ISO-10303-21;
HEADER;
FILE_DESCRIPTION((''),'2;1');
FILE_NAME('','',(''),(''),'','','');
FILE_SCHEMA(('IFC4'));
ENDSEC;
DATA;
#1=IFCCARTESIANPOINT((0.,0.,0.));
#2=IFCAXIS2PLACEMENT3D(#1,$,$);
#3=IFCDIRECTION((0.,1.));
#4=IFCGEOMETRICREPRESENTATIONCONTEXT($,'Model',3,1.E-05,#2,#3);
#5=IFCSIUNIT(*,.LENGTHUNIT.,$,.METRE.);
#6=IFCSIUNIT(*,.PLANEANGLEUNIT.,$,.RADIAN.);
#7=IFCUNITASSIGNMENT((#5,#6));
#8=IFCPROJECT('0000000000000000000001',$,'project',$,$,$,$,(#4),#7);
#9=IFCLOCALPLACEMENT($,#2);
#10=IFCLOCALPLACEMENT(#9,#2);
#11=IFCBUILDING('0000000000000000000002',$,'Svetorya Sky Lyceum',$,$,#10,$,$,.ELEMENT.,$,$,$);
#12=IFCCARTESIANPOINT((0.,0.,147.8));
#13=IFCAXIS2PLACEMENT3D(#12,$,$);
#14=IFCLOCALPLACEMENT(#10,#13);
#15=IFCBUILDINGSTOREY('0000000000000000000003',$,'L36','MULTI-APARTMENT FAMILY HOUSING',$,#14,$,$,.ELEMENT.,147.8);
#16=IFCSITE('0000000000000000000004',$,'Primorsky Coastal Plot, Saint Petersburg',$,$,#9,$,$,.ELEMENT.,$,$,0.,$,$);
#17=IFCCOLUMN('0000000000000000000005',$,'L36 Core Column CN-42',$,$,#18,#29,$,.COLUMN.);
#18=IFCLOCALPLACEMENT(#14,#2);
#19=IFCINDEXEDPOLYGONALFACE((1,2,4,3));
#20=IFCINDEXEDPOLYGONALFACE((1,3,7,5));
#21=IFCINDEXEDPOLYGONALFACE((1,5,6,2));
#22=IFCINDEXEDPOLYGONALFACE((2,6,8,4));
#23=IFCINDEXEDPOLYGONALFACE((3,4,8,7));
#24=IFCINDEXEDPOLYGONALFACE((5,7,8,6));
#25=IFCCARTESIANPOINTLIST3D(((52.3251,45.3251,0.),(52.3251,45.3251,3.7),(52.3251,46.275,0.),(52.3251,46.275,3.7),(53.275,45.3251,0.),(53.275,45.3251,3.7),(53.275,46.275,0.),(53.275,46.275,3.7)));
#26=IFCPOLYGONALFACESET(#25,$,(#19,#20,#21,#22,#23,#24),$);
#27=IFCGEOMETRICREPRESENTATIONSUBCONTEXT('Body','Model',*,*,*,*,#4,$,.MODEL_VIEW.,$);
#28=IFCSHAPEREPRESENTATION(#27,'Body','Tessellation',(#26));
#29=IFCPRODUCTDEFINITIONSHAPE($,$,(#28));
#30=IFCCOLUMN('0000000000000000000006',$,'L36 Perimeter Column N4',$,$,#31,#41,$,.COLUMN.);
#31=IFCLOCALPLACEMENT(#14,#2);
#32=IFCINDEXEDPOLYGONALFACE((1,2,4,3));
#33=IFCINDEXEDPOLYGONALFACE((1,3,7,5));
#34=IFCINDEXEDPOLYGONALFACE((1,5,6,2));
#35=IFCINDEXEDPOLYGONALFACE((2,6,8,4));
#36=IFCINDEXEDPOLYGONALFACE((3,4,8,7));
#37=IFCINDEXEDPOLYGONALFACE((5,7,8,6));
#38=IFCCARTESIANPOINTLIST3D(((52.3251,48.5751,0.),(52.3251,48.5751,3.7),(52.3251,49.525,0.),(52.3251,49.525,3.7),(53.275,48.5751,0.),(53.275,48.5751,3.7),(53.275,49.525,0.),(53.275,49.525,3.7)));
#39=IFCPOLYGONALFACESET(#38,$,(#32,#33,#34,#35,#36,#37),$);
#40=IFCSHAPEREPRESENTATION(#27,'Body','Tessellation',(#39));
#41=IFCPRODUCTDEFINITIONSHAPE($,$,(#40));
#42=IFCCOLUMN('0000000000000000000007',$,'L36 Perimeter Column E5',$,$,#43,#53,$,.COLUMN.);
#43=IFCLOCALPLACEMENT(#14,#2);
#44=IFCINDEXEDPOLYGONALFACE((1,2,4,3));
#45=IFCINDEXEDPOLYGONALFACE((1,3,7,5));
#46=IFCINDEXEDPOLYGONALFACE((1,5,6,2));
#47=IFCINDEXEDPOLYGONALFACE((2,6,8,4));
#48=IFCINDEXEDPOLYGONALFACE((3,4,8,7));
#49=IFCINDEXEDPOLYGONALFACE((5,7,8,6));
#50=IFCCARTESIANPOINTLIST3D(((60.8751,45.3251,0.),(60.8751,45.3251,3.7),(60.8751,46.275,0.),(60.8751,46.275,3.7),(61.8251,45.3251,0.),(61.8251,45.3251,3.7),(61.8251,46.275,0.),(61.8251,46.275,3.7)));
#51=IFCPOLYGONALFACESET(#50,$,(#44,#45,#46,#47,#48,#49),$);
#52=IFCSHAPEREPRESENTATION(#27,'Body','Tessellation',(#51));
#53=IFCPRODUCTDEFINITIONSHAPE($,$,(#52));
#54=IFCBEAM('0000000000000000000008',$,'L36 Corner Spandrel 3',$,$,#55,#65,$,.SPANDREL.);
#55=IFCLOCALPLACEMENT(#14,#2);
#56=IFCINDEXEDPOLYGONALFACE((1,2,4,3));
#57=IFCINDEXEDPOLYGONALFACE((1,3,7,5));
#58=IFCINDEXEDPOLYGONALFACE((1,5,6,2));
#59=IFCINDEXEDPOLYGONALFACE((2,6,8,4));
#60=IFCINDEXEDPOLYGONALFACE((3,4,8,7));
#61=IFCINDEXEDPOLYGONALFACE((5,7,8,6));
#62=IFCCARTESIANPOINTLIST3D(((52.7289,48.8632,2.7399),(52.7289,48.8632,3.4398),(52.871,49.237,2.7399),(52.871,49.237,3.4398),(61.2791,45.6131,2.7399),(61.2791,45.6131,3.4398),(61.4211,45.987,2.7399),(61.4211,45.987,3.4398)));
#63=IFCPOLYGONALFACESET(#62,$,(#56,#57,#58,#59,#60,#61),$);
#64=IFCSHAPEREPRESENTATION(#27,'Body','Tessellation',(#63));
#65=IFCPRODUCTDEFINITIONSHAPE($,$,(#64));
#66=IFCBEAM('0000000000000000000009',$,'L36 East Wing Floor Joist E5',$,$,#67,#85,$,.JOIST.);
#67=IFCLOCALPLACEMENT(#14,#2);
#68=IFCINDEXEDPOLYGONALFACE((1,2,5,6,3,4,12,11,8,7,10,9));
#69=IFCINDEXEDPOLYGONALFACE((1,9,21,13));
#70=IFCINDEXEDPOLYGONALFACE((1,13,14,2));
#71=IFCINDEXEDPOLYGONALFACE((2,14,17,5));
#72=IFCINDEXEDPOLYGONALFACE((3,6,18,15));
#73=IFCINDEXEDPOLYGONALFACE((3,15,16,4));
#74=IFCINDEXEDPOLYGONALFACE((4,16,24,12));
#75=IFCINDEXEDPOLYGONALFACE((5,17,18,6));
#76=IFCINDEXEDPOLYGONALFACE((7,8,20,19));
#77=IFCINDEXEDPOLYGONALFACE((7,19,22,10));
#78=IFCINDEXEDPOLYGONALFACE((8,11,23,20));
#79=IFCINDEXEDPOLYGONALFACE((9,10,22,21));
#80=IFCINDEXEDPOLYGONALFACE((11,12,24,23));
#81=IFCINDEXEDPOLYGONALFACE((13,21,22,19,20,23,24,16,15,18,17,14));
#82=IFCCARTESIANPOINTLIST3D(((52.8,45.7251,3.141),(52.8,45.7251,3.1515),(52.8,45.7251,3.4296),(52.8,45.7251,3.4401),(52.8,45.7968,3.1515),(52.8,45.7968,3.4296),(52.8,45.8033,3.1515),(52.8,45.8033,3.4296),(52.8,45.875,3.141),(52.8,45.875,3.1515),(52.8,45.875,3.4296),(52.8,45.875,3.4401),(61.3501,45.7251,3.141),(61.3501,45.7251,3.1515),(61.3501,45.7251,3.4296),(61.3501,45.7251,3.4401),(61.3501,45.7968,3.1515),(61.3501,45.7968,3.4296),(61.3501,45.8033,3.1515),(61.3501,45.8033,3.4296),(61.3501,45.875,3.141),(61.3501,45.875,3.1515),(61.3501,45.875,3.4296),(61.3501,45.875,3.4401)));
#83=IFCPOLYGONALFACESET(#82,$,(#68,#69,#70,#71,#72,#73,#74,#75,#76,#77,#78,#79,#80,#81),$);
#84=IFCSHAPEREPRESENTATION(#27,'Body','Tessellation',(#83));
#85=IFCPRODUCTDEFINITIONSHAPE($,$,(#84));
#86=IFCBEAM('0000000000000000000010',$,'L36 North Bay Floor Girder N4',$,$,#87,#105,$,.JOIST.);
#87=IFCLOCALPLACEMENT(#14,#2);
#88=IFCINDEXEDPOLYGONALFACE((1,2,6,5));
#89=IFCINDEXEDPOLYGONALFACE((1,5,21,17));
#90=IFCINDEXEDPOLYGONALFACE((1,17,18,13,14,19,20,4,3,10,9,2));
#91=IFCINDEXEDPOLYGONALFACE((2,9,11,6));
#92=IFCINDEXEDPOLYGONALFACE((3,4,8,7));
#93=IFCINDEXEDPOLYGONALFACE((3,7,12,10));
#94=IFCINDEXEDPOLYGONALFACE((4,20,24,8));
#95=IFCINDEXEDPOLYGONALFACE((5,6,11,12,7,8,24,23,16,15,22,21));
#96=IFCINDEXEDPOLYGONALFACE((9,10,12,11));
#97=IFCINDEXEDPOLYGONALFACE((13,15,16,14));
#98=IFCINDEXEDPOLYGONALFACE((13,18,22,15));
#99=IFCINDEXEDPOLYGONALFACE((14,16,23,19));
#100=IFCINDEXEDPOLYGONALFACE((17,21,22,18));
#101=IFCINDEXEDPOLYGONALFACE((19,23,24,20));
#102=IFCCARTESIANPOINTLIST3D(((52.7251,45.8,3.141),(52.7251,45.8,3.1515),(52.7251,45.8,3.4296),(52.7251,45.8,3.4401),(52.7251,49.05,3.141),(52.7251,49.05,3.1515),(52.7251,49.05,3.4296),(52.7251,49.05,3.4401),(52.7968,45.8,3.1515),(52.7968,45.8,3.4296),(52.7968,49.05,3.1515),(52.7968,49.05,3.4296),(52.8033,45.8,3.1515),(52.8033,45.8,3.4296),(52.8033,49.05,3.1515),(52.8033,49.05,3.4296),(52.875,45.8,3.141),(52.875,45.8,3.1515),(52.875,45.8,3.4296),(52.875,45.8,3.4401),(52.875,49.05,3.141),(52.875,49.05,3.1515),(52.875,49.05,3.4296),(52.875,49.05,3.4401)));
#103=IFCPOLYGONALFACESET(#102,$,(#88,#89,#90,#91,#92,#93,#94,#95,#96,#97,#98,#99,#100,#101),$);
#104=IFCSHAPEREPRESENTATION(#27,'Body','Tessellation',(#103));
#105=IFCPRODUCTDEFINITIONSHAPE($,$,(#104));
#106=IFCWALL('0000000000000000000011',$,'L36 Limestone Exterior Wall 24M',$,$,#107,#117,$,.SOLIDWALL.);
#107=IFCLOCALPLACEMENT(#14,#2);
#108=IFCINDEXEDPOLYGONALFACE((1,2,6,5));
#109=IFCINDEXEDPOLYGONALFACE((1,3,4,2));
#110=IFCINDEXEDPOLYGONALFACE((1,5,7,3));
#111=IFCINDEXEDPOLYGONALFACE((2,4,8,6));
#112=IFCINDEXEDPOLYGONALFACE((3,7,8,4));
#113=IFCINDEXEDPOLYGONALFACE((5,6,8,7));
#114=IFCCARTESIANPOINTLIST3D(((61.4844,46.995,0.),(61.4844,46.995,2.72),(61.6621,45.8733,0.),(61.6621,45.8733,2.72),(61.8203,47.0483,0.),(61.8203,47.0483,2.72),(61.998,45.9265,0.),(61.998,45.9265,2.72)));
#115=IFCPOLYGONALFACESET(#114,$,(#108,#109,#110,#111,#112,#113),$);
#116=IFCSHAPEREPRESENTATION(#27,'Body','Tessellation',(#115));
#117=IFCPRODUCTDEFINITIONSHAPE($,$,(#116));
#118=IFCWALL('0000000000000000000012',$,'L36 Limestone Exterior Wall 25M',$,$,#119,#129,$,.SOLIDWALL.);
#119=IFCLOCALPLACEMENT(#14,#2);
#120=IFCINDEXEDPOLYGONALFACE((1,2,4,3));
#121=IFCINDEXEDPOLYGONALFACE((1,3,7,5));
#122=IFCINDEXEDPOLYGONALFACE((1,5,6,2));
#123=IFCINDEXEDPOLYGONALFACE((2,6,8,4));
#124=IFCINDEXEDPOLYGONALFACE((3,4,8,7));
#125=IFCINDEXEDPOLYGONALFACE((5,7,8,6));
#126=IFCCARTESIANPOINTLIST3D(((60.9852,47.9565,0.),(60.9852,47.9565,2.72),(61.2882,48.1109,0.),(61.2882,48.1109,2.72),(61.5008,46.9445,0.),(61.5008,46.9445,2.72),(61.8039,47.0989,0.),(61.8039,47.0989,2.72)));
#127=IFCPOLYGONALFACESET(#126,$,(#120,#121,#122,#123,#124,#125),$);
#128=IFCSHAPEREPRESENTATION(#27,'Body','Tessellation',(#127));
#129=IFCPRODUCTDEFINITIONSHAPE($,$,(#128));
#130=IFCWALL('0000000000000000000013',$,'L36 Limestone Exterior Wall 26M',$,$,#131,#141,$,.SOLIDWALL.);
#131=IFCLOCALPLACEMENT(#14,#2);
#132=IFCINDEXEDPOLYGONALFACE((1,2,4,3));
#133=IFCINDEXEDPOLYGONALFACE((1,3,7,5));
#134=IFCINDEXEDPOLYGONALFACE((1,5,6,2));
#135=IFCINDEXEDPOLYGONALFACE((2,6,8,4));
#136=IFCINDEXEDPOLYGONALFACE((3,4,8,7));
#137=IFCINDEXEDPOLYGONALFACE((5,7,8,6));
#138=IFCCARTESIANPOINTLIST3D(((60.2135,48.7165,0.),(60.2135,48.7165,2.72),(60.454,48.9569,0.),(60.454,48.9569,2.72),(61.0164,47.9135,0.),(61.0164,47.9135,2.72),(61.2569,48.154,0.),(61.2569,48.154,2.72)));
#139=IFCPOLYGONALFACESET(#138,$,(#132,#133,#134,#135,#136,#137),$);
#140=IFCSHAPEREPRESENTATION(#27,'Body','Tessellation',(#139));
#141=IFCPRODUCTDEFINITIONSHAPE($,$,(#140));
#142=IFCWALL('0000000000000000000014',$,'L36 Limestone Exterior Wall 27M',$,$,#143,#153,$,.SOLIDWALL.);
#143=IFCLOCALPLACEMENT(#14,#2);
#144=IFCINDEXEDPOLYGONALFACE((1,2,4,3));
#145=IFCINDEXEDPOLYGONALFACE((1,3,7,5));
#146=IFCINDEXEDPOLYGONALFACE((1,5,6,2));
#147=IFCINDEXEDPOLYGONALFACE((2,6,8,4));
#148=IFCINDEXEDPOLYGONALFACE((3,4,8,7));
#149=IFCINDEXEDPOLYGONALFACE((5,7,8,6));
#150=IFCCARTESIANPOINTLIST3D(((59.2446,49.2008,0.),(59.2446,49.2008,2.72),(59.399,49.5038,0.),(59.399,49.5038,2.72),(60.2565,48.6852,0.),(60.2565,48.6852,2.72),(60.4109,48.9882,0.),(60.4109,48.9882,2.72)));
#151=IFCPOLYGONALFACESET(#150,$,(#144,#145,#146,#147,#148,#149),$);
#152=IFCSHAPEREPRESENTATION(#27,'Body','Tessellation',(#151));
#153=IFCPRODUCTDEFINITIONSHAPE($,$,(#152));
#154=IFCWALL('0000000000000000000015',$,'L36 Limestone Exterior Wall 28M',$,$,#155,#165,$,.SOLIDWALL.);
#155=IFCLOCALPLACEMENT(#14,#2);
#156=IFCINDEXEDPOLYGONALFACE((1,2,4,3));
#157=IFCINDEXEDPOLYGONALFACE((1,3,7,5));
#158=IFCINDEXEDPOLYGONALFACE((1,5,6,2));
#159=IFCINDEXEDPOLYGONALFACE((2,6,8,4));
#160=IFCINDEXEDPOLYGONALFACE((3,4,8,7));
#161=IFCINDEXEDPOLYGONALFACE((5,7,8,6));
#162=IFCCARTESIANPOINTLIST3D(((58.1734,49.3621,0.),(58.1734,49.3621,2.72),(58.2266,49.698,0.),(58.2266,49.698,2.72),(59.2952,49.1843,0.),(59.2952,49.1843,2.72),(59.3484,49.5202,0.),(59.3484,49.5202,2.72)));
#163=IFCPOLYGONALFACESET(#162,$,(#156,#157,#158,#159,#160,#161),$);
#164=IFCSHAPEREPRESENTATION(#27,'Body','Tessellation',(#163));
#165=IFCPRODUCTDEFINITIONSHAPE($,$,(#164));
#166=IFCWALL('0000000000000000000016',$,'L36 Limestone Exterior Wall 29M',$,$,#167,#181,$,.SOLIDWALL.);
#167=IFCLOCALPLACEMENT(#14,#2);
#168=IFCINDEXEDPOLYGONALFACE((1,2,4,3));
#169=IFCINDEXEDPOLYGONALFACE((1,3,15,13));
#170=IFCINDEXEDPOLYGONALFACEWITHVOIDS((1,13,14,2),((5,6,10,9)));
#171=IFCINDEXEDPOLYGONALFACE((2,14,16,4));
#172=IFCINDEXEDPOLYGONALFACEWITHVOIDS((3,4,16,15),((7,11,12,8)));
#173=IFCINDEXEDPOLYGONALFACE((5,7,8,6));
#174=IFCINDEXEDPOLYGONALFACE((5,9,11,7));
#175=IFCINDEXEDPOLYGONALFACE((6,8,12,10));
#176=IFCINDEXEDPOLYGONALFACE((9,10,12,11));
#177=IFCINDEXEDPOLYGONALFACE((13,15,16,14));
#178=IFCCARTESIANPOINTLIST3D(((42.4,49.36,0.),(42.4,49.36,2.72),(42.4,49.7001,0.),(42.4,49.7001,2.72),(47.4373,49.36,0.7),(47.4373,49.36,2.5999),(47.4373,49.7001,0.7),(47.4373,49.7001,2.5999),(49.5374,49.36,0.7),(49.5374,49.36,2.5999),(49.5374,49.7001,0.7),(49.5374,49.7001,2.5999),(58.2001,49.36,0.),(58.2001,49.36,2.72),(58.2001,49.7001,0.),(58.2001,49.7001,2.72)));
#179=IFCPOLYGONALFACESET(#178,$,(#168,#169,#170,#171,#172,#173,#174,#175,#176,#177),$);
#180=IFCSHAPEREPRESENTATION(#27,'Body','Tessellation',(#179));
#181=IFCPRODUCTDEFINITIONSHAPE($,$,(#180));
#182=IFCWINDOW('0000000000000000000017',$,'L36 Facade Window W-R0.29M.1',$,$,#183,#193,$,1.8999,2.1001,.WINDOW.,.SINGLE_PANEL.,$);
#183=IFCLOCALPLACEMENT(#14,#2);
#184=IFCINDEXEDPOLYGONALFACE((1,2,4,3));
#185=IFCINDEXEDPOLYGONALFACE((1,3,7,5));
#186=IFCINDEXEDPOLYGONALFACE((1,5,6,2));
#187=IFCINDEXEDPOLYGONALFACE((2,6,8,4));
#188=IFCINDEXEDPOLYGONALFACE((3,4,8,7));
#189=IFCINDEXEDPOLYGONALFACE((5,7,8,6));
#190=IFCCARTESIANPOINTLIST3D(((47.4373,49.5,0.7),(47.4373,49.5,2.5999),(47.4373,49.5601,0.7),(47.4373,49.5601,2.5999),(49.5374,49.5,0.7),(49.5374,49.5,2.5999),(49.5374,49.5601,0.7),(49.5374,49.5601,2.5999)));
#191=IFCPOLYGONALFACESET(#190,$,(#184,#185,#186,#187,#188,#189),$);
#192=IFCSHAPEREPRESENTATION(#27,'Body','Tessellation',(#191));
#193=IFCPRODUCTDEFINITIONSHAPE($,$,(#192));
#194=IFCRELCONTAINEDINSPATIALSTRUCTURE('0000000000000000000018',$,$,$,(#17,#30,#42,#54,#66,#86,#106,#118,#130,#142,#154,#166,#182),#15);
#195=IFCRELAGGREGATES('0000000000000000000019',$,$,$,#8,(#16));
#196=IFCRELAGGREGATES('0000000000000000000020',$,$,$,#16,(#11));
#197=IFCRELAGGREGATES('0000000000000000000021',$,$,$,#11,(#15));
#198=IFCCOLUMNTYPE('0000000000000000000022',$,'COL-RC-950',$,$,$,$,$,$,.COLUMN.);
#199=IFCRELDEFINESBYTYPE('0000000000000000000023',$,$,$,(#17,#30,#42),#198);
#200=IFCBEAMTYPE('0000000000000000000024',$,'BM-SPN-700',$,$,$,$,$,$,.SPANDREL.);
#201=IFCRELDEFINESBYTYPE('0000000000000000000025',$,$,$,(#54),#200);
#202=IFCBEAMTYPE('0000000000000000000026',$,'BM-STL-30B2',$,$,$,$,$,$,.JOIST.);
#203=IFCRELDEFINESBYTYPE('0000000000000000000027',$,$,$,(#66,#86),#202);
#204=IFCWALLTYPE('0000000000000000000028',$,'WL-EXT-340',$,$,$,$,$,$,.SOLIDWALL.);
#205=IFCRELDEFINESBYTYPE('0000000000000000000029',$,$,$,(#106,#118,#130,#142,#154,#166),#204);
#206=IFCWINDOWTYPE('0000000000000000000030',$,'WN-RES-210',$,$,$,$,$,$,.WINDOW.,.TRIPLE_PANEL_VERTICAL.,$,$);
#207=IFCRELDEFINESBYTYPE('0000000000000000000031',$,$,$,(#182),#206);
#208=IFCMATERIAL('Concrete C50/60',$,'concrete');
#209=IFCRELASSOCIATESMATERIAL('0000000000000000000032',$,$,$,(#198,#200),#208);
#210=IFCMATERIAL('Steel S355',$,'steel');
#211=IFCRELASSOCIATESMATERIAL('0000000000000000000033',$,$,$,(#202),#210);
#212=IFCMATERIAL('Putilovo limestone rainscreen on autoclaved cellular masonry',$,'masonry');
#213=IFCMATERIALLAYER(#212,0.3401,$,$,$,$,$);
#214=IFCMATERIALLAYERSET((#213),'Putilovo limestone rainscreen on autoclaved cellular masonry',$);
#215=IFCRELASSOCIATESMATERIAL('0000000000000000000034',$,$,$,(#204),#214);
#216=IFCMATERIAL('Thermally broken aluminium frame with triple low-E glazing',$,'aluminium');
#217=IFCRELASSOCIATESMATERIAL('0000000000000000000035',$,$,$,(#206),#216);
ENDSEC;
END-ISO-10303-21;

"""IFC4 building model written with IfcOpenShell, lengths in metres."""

from ifc_helpers import new_model, si_unit, direction, frame, frame_2d, origin, origin_2d, place, context, subcontext, project, spatial, rectangle, i_section, extrude, material, layer, layer_set, material_profile, profile_set, type_object, element, fill, save


model = new_model("IFC4")

# Units and contexts
model_context = context("Model", 3, precision=1e-05, world=origin(), true_north=direction((0.0, 1.0)))
body_context = subcontext(model_context, "Body", "Model", "MODEL_VIEW")
ifc_project = project(units=[si_unit("LENGTHUNIT", "METRE"), si_unit("PLANEANGLEUNIT", "RADIAN")], contexts=[model_context])

# Site, building, storey
site_placement = place(None, origin())
site = spatial("IfcSite", under=ifc_project, at=site_placement, Name="Primorsky Coastal Plot, Saint Petersburg", CompositionType="ELEMENT", RefElevation=0.0)
building_placement = place(site_placement, origin())
building = spatial("IfcBuilding", under=site, at=building_placement, Name="Svetorya Sky Lyceum", CompositionType="ELEMENT")
storey_placement = place(building_placement, frame((0.0, 0.0, 147.8)))
storey = spatial("IfcBuildingStorey", under=building, at=storey_placement, Name="L36", Description="MULTI-APARTMENT FAMILY HOUSING", CompositionType="ELEMENT", Elevation=147.8)

# Columns
ifc_material_1 = material(Name="Concrete C50/60", Category="concrete")
ifc_material_profile_1 = material_profile(ifc_material_1, rectangle(XDim=0.95, YDim=0.95, at=origin_2d()), Name="RC COL 950x950")
ifc_profile_set_1 = profile_set([ifc_material_profile_1], Name="Concrete C50/60")
column_type = type_object("IfcColumnType", Name="COL-RC-950", PredefinedType="COLUMN", material=ifc_profile_set_1)
for number, where, z_axis, x_axis, name in (
    (1, (52.8, 45.8, 0.0), (0.0, 0.0, 1.0), (1.0, 0.0, 0.0), "L36 Core Column CN-42"),
    (2, (52.8, 49.05, 0.0), (0.0, 0.0, 1.0), (1.0, 0.0, 0.0), "L36 Perimeter Column N4"),
    (3, (61.3501, 45.8, 0.0), (0.0, 0.0, 1.0), (1.0, 0.0, 0.0), "L36 Perimeter Column E5"),
):
    element("IfcColumn", number, at=place(storey_placement, frame(where, z_axis=z_axis, x_axis=x_axis)), inside=storey, type_object=column_type, Name=name, PredefinedType="COLUMN", context=body_context, shape_type="SweptSolid", body=[
        extrude(rectangle(XDim=0.95, YDim=0.95, at=origin_2d()), origin(), (0.0, 0.0, 1.0), 3.7),
    ])

# Beams
ifc_material_profile_2 = material_profile(ifc_material_1, rectangle(XDim=0.3999, YDim=0.7, at=origin_2d()), Name="RC SPANDREL 400x700")
ifc_profile_set_2 = profile_set([ifc_material_profile_2], Name="Concrete C50/60")
beam_type_1 = type_object("IfcBeamType", Name="BM-SPN-700", PredefinedType="SPANDREL", material=ifc_profile_set_2)
beam_1_placement = place(storey_placement, frame((61.3501, 45.8, 3.0898), z_axis=(-0.934748, 0.355312, 0.0), x_axis=(-0.355312, -0.934748, 0.0)))
element("IfcBeam", 4, at=beam_1_placement, inside=storey, type_object=beam_type_1, Name="L36 Corner Spandrel 3", PredefinedType="SPANDREL", context=body_context, shape_type="SweptSolid", body=[
    extrude(rectangle(XDim=0.3999, YDim=0.7, at=origin_2d()), origin(), (0.0, 0.0, 1.0), 9.147),
])
ifc_material_2 = material(Name="Steel S355", Category="steel")
ifc_material_profile_3 = material_profile(ifc_material_2, i_section(OverallWidth=0.1499, OverallDepth=0.2991, WebThickness=0.0066, FlangeThickness=0.0105, at=origin_2d()), Name="GOST 30B2")
ifc_profile_set_3 = profile_set([ifc_material_profile_3], Name="Steel S355")
beam_type_2 = type_object("IfcBeamType", Name="BM-STL-30B2", PredefinedType="JOIST", material=ifc_profile_set_3)
beam_2_placement = place(storey_placement, frame((52.8, 45.8, 3.2905), z_axis=(1.0, 0.0, 0.0), x_axis=(0.0, 1.0, 0.0)))
element("IfcBeam", 5, at=beam_2_placement, inside=storey, type_object=beam_type_2, Name="L36 East Wing Floor Joist E5", PredefinedType="JOIST", context=body_context, shape_type="SweptSolid", body=[
    extrude(i_section(OverallWidth=0.1499, OverallDepth=0.2991, WebThickness=0.0066, FlangeThickness=0.0105, at=origin_2d()), origin(), (0.0, 0.0, 1.0), 8.55),
])
beam_3_placement = place(storey_placement, frame((52.8, 45.8, 3.2905), z_axis=(0.0, 1.0, 0.0), x_axis=(-1.0, 0.0, 0.0)))
element("IfcBeam", 6, at=beam_3_placement, inside=storey, type_object=beam_type_2, Name="L36 North Bay Floor Girder N4", PredefinedType="JOIST", context=body_context, shape_type="SweptSolid", body=[
    extrude(i_section(OverallWidth=0.1499, OverallDepth=0.2991, WebThickness=0.0066, FlangeThickness=0.0105, at=origin_2d()), origin(), (0.0, 0.0, 1.0), 3.25),
])

# Walls
ifc_material_3 = material(Name="Putilovo limestone rainscreen on autoclaved cellular masonry", Category="masonry")
ifc_layer_1 = layer(ifc_material_3, 0.3401)
ifc_layer_set_1 = layer_set([ifc_layer_1], Name="Putilovo limestone rainscreen on autoclaved cellular masonry")
wall_type_1 = type_object("IfcWallType", Name="WL-EXT-340", PredefinedType="SOLIDWALL", material=ifc_layer_set_1)
for number, where, z_axis, x_axis, name in (
    (7, (61.8301, 45.8999, 0.0), (0.0, 0.0, 1.0), (-0.156481, 0.987681, 0.0), "L36 Limestone Exterior Wall 24M"),
    (8, (61.6523, 47.0217, 0.0), (0.0, 0.0, 1.0), (-0.453993, 0.891005, 0.0), "L36 Limestone Exterior Wall 25M"),
):
    element("IfcWall", number, at=place(storey_placement, frame(where, z_axis=z_axis, x_axis=x_axis)), inside=storey, type_object=wall_type_1, Name=name, PredefinedType="SOLIDWALL", context=body_context, shape_type="SweptSolid", body=[
        extrude(rectangle(XDim=1.1357, YDim=0.3401, at=frame_2d((0.5679, 0.0))), origin(), (0.0, 0.0, 1.0), 2.72),
    ])
wall_1_placement = place(storey_placement, frame((61.1367, 48.0337, 0.0), z_axis=(0.0, 0.0, 1.0), x_axis=(-0.707107, 0.707107, 0.0)))
element("IfcWall", 9, at=wall_1_placement, inside=storey, type_object=wall_type_1, Name="L36 Limestone Exterior Wall 26M", PredefinedType="SOLIDWALL", context=body_context, shape_type="SweptSolid", body=[
    extrude(rectangle(XDim=1.1355, YDim=0.3401, at=frame_2d((0.5679, 0.0))), origin(), (0.0, 0.0, 1.0), 2.72),
])
for number, where, z_axis, x_axis, name in (
    (10, (60.3337, 48.8367, 0.0), (0.0, 0.0, 1.0), (-0.891005, 0.453993, 0.0), "L36 Limestone Exterior Wall 27M"),
    (11, (59.3218, 49.3523, 0.0), (0.0, 0.0, 1.0), (-0.987681, 0.156481, 0.0), "L36 Limestone Exterior Wall 28M"),
):
    element("IfcWall", number, at=place(storey_placement, frame(where, z_axis=z_axis, x_axis=x_axis)), inside=storey, type_object=wall_type_1, Name=name, PredefinedType="SOLIDWALL", context=body_context, shape_type="SweptSolid", body=[
        extrude(rectangle(XDim=1.1357, YDim=0.3401, at=frame_2d((0.5679, 0.0))), origin(), (0.0, 0.0, 1.0), 2.72),
    ])

# Wall, opening, window
wall_2_placement = place(storey_placement, frame((58.2, 49.53, 0.0), z_axis=(0.0, 0.0, 1.0), x_axis=(-1.0, 0.0, 0.0)))
wall_2 = element("IfcWall", 12, at=wall_2_placement, inside=storey, type_object=wall_type_1, Name="L36 Limestone Exterior Wall 29M", PredefinedType="SOLIDWALL", context=body_context, shape_type="SweptSolid", body=[
    extrude(rectangle(XDim=15.8, YDim=0.3401, at=frame_2d((7.8999, 0.0))), origin(), (0.0, 0.0, 1.0), 2.72),
])
opening_1_placement = place(wall_2_placement, frame((8.6626, 0.0, 0.7)))
opening_1 = element("IfcOpeningElement", 13, at=opening_1_placement, cuts=wall_2, PredefinedType="OPENING", context=body_context, shape_type="SweptSolid", body=[
    extrude(rectangle(XDim=2.1001, YDim=1.8999, at=frame_2d((1.05, 0.95))), frame((0.0, 0.1799, 0.0), z_axis=(0.0, -1.0, 0.0), x_axis=(1.0, 0.0, 0.0)), (0.0, 0.0, 1.0), 0.3601),
])
ifc_material_4 = material(Name="Thermally broken aluminium frame with triple low-E glazing", Category="aluminium")
window_type = type_object("IfcWindowType", Name="WN-RES-210", PartitioningType="TRIPLE_PANEL_VERTICAL", PredefinedType="WINDOW", material=ifc_material_4)
window_placement = place(opening_1_placement, origin())
window = element("IfcWindow", 14, at=window_placement, inside=storey, type_object=window_type, Name="L36 Facade Window W-R0.29M.1", OverallHeight=1.8999, OverallWidth=2.1001, PartitioningType="SINGLE_PANEL", PredefinedType="WINDOW", context=body_context, shape_type="SweptSolid", body=[
    extrude(rectangle(XDim=2.1001, YDim=1.8999, at=frame_2d((1.05, 0.95))), frame((0.0, 0.03, 0.0), z_axis=(0.0, -1.0, 0.0), x_axis=(1.0, 0.0, 0.0)), (0.0, 0.0, 1.0), 0.0601),
])
fill(opening_1, window)

save(model, "model.ifc")
